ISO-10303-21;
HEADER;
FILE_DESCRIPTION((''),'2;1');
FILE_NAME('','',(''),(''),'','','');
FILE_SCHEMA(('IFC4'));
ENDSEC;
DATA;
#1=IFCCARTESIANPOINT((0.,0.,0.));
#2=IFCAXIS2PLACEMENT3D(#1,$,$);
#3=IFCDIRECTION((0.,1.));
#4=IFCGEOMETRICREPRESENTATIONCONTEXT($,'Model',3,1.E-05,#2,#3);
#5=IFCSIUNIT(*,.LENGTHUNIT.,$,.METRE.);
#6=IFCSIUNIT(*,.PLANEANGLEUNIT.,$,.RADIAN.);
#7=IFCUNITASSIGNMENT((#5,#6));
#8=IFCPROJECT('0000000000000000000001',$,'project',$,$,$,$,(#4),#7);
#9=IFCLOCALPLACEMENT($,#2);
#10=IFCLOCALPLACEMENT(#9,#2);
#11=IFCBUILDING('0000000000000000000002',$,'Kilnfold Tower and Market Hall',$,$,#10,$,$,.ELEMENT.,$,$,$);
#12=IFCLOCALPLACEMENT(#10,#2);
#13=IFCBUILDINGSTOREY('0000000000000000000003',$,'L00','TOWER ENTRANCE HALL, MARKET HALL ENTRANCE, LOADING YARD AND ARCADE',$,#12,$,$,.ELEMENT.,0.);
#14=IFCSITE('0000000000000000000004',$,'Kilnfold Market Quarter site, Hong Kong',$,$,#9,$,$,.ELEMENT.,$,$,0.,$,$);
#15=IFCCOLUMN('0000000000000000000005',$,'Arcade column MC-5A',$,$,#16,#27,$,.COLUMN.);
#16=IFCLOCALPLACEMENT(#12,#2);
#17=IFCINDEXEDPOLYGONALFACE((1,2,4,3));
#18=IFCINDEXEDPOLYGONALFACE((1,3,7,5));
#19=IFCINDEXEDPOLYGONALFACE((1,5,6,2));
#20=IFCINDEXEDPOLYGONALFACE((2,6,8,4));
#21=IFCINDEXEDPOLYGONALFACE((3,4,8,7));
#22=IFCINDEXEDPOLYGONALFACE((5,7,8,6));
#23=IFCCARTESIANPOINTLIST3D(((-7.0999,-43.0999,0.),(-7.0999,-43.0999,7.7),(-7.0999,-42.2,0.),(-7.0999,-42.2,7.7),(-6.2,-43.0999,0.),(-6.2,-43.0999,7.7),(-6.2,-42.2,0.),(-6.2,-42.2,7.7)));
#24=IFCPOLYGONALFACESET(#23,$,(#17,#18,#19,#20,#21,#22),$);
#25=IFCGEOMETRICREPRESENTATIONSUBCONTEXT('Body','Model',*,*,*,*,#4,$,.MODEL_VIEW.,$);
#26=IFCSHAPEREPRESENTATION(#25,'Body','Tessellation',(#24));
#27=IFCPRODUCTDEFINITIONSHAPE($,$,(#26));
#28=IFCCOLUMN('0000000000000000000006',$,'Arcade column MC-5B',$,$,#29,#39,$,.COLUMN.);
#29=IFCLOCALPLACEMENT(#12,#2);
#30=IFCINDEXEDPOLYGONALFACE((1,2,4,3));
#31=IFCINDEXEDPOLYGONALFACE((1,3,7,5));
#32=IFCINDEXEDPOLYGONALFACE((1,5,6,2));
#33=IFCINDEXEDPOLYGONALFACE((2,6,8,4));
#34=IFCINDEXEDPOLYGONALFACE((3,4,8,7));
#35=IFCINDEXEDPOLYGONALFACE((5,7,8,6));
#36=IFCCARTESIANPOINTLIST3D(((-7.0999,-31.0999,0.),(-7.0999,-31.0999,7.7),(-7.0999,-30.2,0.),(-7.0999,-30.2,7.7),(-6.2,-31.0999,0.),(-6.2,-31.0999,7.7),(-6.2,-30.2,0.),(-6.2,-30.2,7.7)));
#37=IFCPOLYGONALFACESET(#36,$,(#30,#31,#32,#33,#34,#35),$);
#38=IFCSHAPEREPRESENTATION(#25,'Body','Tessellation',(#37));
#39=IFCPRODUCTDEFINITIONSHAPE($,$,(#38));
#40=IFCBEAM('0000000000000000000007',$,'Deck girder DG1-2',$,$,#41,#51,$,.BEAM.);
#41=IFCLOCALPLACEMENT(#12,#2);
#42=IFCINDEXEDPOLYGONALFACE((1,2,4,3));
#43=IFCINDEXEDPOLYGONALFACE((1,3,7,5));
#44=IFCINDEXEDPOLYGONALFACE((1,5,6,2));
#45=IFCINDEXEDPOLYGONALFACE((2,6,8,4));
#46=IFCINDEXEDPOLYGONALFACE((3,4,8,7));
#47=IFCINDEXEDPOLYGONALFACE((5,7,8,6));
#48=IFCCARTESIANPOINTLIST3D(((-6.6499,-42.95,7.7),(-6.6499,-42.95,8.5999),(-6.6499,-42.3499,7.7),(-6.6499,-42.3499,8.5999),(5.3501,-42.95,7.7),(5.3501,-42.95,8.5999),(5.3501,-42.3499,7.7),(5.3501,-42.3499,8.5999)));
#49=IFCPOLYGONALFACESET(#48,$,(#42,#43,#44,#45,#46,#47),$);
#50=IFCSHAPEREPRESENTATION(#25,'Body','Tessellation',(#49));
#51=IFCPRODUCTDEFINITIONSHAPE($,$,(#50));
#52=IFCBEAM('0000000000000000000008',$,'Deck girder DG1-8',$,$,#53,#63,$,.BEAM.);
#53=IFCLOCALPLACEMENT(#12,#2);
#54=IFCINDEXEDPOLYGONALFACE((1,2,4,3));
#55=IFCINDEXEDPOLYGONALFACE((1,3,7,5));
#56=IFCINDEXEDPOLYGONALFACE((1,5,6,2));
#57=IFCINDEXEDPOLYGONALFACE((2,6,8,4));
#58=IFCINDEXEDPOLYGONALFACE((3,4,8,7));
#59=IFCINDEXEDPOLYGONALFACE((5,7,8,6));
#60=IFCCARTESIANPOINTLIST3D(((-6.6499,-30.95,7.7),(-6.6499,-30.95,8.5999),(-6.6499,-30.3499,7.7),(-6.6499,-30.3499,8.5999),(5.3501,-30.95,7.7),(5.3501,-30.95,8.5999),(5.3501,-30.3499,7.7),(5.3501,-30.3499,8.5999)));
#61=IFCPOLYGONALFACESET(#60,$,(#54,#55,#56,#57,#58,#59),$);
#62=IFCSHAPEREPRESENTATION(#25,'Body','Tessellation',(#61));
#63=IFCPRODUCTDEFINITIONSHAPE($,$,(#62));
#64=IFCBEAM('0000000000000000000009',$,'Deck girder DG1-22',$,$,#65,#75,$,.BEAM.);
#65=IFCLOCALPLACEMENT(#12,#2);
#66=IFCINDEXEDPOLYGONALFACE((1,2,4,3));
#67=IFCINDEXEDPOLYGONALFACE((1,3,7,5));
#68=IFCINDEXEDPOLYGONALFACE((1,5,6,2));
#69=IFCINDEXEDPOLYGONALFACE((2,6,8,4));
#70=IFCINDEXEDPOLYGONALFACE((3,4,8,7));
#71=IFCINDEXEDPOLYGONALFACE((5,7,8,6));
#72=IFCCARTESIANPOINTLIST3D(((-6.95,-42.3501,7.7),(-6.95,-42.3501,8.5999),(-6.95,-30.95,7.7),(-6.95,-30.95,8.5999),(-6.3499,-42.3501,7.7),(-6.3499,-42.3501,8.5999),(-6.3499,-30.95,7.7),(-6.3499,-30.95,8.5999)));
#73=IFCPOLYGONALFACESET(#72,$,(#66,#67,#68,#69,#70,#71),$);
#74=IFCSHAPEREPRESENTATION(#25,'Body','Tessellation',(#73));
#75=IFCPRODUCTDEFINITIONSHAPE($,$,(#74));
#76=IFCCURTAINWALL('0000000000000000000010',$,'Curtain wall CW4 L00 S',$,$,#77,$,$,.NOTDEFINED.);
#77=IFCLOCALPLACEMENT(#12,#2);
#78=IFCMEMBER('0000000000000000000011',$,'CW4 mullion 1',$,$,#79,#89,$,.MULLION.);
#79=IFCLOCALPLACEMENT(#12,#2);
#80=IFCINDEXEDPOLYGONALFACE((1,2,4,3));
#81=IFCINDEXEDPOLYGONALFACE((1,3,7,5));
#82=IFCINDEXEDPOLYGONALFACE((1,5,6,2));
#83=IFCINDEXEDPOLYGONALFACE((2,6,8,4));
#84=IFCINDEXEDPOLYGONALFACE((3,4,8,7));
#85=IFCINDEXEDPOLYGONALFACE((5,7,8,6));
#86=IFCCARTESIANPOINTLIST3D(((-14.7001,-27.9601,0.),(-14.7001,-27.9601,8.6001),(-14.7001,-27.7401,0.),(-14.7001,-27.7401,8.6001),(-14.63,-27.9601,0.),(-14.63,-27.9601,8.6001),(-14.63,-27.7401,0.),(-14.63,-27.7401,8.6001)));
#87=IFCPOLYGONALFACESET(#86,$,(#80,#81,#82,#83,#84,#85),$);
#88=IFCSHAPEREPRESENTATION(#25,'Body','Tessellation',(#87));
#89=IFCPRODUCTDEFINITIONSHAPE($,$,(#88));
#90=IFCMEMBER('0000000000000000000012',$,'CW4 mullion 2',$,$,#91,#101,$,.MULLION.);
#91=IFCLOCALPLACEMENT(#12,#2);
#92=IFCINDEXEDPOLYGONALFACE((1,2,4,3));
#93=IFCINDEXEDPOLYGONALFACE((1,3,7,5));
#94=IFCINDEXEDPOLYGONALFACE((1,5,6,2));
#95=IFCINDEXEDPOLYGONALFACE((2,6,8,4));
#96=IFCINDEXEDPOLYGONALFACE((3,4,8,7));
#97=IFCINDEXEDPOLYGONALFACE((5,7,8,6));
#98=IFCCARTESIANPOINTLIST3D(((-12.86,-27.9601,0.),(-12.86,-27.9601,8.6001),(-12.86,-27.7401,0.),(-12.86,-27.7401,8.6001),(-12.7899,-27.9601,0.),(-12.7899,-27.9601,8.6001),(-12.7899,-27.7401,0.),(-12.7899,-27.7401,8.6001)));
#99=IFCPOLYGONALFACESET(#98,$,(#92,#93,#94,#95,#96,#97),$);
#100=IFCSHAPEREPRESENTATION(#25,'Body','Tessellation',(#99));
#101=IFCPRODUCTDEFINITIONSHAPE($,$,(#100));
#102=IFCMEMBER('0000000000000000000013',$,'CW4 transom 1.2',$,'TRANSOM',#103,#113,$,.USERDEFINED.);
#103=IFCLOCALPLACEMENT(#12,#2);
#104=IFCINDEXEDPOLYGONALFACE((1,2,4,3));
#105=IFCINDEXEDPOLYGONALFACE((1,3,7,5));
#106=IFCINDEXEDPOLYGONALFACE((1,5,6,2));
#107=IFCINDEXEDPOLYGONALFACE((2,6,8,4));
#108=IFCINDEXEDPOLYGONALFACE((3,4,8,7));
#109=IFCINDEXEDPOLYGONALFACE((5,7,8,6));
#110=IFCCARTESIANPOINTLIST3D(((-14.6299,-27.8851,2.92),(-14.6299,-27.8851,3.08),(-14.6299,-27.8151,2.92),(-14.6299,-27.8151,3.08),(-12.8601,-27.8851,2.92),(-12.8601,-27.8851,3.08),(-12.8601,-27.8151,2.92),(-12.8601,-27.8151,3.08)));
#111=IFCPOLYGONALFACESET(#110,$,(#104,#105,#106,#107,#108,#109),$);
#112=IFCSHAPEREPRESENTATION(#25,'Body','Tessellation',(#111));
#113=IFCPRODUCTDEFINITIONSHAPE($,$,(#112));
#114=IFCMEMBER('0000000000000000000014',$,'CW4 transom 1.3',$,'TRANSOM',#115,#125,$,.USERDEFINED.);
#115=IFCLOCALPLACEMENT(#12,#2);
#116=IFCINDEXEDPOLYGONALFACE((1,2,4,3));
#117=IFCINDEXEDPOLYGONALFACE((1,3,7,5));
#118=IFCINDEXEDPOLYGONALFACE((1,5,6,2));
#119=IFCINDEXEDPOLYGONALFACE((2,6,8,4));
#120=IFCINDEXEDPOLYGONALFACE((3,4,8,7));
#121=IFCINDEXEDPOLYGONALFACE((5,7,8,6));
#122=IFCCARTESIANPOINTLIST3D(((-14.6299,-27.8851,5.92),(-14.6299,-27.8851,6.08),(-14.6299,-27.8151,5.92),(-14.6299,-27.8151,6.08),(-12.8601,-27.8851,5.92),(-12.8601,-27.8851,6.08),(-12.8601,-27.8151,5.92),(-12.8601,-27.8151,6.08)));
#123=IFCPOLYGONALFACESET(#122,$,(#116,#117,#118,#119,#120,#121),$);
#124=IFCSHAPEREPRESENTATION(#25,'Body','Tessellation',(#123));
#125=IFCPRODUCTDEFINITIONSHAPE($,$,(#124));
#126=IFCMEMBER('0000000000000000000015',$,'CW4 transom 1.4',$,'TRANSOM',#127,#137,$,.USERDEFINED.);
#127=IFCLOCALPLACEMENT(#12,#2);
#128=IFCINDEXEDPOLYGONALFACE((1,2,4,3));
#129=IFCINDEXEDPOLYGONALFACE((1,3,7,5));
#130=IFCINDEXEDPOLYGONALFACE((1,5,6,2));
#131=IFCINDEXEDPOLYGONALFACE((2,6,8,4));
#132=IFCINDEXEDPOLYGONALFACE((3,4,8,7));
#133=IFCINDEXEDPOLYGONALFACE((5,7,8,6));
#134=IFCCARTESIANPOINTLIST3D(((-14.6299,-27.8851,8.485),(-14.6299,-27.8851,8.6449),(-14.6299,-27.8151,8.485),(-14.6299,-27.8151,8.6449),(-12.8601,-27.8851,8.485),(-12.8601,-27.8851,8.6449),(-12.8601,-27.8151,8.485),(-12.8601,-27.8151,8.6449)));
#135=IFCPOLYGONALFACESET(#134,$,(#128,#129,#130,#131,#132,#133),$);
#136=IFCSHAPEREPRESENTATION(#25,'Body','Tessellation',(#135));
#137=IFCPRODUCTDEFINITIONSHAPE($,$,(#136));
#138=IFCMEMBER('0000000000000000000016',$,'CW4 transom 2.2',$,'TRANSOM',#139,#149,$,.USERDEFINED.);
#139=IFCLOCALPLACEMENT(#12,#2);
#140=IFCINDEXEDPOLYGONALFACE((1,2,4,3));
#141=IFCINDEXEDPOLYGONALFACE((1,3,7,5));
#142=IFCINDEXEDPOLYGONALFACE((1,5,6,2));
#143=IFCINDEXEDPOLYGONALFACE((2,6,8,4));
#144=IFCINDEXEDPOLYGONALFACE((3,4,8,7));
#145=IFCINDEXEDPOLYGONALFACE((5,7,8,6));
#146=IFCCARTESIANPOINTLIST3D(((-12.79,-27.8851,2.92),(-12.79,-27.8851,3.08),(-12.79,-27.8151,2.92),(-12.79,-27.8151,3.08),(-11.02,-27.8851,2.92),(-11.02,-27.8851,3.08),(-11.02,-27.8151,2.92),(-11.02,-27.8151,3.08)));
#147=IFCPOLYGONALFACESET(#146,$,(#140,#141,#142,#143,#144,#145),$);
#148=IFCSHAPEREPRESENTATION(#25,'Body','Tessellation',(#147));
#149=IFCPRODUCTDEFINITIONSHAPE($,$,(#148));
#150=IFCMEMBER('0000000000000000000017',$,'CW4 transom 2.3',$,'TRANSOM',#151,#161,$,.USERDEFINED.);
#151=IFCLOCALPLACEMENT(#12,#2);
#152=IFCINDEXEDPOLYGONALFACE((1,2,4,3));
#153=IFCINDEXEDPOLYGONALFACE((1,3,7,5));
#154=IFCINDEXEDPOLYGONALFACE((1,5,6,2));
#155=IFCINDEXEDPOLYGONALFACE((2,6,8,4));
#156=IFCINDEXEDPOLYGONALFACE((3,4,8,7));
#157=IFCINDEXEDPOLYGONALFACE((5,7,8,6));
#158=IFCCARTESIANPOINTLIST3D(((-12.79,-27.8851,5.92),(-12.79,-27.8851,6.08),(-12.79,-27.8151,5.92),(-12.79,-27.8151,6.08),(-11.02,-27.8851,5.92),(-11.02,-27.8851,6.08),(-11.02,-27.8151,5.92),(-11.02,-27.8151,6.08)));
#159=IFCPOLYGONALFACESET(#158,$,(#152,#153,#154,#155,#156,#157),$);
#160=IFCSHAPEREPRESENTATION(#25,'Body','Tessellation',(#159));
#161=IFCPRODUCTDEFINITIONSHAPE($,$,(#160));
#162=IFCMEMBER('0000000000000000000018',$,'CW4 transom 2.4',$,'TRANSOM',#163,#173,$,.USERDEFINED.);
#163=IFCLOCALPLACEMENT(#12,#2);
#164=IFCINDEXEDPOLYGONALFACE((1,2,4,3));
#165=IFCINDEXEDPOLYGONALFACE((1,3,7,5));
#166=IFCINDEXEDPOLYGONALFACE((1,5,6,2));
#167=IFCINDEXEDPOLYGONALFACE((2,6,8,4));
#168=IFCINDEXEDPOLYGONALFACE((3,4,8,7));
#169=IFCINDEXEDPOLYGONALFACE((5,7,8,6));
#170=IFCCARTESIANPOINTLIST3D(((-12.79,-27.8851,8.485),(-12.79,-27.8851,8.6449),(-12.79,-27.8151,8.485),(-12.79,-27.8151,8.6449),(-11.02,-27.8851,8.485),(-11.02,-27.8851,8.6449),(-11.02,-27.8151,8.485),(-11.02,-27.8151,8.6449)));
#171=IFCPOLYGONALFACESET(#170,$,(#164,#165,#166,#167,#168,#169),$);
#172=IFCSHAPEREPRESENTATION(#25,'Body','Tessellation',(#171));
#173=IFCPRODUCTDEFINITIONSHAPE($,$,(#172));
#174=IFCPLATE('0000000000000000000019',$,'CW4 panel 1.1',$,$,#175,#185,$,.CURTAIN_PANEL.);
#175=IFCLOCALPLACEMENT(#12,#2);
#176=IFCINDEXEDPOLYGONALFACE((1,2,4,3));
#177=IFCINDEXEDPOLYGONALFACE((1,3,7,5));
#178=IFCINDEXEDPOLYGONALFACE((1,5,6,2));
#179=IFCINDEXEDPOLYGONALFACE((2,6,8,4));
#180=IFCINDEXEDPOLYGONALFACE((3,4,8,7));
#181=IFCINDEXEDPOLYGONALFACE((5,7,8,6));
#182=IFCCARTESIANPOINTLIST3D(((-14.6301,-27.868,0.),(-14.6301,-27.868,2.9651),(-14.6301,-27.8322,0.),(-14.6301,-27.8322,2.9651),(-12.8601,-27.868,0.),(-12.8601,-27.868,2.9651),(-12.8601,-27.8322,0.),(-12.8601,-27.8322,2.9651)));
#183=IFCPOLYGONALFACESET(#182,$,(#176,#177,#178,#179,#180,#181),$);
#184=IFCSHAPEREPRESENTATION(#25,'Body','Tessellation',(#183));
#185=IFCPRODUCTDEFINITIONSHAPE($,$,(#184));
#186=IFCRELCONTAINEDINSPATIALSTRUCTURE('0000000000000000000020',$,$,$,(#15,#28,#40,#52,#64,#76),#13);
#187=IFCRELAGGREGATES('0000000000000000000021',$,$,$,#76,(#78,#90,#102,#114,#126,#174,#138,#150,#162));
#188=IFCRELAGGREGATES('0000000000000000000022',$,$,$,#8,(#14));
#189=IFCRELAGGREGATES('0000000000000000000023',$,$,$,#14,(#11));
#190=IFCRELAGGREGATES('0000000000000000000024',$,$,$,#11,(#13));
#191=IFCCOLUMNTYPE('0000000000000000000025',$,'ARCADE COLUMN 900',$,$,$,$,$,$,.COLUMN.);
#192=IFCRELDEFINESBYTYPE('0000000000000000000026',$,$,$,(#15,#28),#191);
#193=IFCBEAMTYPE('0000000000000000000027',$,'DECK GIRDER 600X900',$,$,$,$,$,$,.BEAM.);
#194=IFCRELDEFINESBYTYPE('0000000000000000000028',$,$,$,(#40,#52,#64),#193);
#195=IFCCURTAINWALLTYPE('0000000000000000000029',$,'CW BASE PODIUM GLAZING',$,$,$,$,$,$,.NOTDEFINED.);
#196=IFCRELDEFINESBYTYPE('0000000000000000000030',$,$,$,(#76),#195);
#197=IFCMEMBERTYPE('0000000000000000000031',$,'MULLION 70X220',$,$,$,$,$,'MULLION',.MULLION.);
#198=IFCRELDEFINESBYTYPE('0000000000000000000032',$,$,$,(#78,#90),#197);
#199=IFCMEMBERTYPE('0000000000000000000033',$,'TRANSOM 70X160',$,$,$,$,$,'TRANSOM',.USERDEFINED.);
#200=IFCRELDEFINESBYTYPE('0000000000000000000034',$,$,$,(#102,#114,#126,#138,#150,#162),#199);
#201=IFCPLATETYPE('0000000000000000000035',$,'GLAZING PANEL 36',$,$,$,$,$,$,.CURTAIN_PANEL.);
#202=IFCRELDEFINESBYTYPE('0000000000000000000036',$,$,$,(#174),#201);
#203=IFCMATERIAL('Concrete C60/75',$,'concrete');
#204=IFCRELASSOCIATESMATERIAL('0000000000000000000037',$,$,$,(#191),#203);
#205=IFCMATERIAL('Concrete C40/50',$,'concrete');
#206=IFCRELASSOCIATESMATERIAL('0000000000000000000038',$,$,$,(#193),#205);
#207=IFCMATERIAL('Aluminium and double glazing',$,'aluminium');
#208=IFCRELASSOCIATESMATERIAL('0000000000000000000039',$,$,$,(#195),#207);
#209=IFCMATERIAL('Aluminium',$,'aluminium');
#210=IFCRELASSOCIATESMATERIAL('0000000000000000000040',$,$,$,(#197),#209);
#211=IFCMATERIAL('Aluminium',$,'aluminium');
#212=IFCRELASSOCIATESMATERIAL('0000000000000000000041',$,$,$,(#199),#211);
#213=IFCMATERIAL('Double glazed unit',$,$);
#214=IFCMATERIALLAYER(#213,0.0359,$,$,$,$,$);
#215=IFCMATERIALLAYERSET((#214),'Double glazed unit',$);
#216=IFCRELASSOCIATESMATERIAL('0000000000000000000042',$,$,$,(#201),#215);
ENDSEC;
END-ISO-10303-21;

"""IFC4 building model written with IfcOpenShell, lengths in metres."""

from ifc_helpers import new_model, si_unit, direction, frame, origin, origin_2d, place, context, subcontext, project, spatial, rectangle, extrude, source, transform, mapped, material, layer, layer_set, material_profile, profile_set, type_object, element, aggregate, save


model = new_model("IFC4")

# Units and contexts
model_context = context("Model", 3, precision=1e-05, world=origin(), true_north=direction((0.0, 1.0)))
body_context = subcontext(model_context, "Body", "Model", "MODEL_VIEW")
ifc_project = project(units=[si_unit("LENGTHUNIT", "METRE"), si_unit("PLANEANGLEUNIT", "RADIAN")], contexts=[model_context])

# Site, building, storey
site_placement = place(None, origin())
site = spatial("IfcSite", under=ifc_project, at=site_placement, Name="Kilnfold Market Quarter site, Hong Kong", CompositionType="ELEMENT", RefElevation=0.0)
building_placement = place(site_placement, origin())
building = spatial("IfcBuilding", under=site, at=building_placement, Name="Kilnfold Tower and Market Hall", CompositionType="ELEMENT")
storey_placement = place(building_placement, origin())
storey = spatial("IfcBuildingStorey", under=building, at=storey_placement, Name="L00", Description="TOWER ENTRANCE HALL, MARKET HALL ENTRANCE, LOADING YARD AND ARCADE", CompositionType="ELEMENT", Elevation=0.0)

# Columns
ifc_material_1 = material(Name="Concrete C60/75", Category="concrete")
ifc_material_profile_1 = material_profile(ifc_material_1, rectangle(XDim=0.8999, YDim=0.8999, at=origin_2d()), Name="RC 900x900")
ifc_profile_set_1 = profile_set([ifc_material_profile_1], Name="Concrete C60/75")
column_type = type_object("IfcColumnType", Name="ARCADE COLUMN 900", PredefinedType="COLUMN", material=ifc_profile_set_1)
shared_shape_1 = source(origin(), body_context, "Body", "SweptSolid", [
    extrude(rectangle(XDim=0.8999, YDim=0.8999, at=origin_2d()), origin(), (0.0, 0.0, 1.0), 7.7),
])
for number, where, z_axis, x_axis, name in (
    (1, (-6.6499, -42.6499, 0.0), (0.0, 0.0, 1.0), (1.0, 0.0, 0.0), "Arcade column MC-5A"),
    (2, (-6.6499, -30.6499, 0.0), (0.0, 0.0, 1.0), (1.0, 0.0, 0.0), "Arcade column MC-5B"),
):
    element("IfcColumn", number, at=place(storey_placement, frame(where, z_axis=z_axis, x_axis=x_axis)), inside=storey, type_object=column_type, Name=name, PredefinedType="COLUMN", context=body_context, shape_type="MappedRepresentation", body=[
        mapped(shared_shape_1, transform((0.0, 0.0, 0.0))),
    ])

# Beams
ifc_material_2 = material(Name="Concrete C40/50", Category="concrete")
ifc_material_profile_2 = material_profile(ifc_material_2, rectangle(XDim=0.6001, YDim=0.8999, at=origin_2d()), Name="RC 600x900")
ifc_profile_set_2 = profile_set([ifc_material_profile_2], Name="Concrete C40/50")
beam_type = type_object("IfcBeamType", Name="DECK GIRDER 600X900", PredefinedType="BEAM", material=ifc_profile_set_2)
shared_shape_2 = source(origin(), body_context, "Body", "SweptSolid", [
    extrude(rectangle(XDim=0.6001, YDim=0.8999, at=origin_2d()), origin(), (0.0, 0.0, 1.0), 12.0),
])
for number, where, z_axis, x_axis, name in (
    (3, (-6.6499, -42.6499, 8.1499), (1.0, 0.0, 0.0), (0.0, 1.0, 0.0), "Deck girder DG1-2"),
    (4, (-6.6499, -30.6499, 8.1499), (1.0, 0.0, 0.0), (0.0, 1.0, 0.0), "Deck girder DG1-8"),
):
    element("IfcBeam", number, at=place(storey_placement, frame(where, z_axis=z_axis, x_axis=x_axis)), inside=storey, type_object=beam_type, Name=name, PredefinedType="BEAM", context=body_context, shape_type="MappedRepresentation", body=[
        mapped(shared_shape_2, transform((0.0, 0.0, 0.0))),
    ])
shared_shape_3 = source(origin(), body_context, "Body", "SweptSolid", [
    extrude(rectangle(XDim=0.6001, YDim=0.8999, at=origin_2d()), origin(), (0.0, 0.0, 1.0), 11.4001),
])
beam_placement = place(storey_placement, frame((-6.6499, -42.3501, 8.1499), z_axis=(0.0, 1.0, 0.0), x_axis=(-1.0, 0.0, 0.0)))
element("IfcBeam", 5, at=beam_placement, inside=storey, type_object=beam_type, Name="Deck girder DG1-22", PredefinedType="BEAM", context=body_context, shape_type="MappedRepresentation", body=[
    mapped(shared_shape_3, transform((0.0, 0.0, 0.0))),
])

# Curtain wall, members, plate
ifc_material_3 = material(Name="Aluminium and double glazing", Category="aluminium")
curtain_wall_type = type_object("IfcCurtainWallType", Name="CW BASE PODIUM GLAZING", PredefinedType="NOTDEFINED", material=ifc_material_3)
curtain_wall_placement = place(storey_placement, origin())
curtain_wall = element("IfcCurtainWall", 6, at=curtain_wall_placement, inside=storey, type_object=curtain_wall_type, Name="Curtain wall CW4 L00 S", PredefinedType="NOTDEFINED")
ifc_material_4 = material(Name="Aluminium", Category="aluminium")
ifc_material_profile_3 = material_profile(ifc_material_4, rectangle(XDim=0.0701, YDim=0.22, at=origin_2d()), Name="MULLION 70x220")
ifc_profile_set_3 = profile_set([ifc_material_profile_3], Name="Aluminium")
member_type_1 = type_object("IfcMemberType", Name="MULLION 70X220", ElementType="MULLION", PredefinedType="MULLION", material=ifc_profile_set_3)
shared_shape_4 = source(origin(), body_context, "Body", "SweptSolid", [
    extrude(rectangle(XDim=0.0701, YDim=0.22, at=origin_2d()), origin(), (0.0, 0.0, 1.0), 8.6001),
])
member_1_placement = place(storey_placement, frame((-14.665, -27.8501, 0.0), z_axis=(0.0, 0.0, 1.0), x_axis=(1.0, 0.0, 0.0)))
member_1 = element("IfcMember", 7, at=member_1_placement, type_object=member_type_1, Name="CW4 mullion 1", PredefinedType="MULLION", context=body_context, shape_type="MappedRepresentation", body=[
    mapped(shared_shape_4, transform((0.0, 0.0, 0.0))),
])
member_2_placement = place(storey_placement, frame((-12.825, -27.8501, 0.0), z_axis=(0.0, 0.0, 1.0), x_axis=(1.0, 0.0, 0.0)))
member_2 = element("IfcMember", 8, at=member_2_placement, type_object=member_type_1, Name="CW4 mullion 2", PredefinedType="MULLION", context=body_context, shape_type="MappedRepresentation", body=[
    mapped(shared_shape_4, transform((0.0, 0.0, 0.0))),
])
ifc_material_5 = material(Name="Aluminium", Category="aluminium")
ifc_material_profile_4 = material_profile(ifc_material_5, rectangle(XDim=0.0701, YDim=0.1599, at=origin_2d()), Name="TRANSOM 70x160")
ifc_profile_set_4 = profile_set([ifc_material_profile_4], Name="Aluminium")
member_type_2 = type_object("IfcMemberType", Name="TRANSOM 70X160", ElementType="TRANSOM", PredefinedType="USERDEFINED", material=ifc_profile_set_4)
shared_shape_5 = source(origin(), body_context, "Body", "SweptSolid", [
    extrude(rectangle(XDim=0.0701, YDim=0.1599, at=origin_2d()), origin(), (0.0, 0.0, 1.0), 1.7698),
])
member_3_placement = place(storey_placement, frame((-14.6299, -27.8501, 3.0), z_axis=(1.0, 0.0, 0.0), x_axis=(0.0, 1.0, 0.0)))
member_3 = element("IfcMember", 9, at=member_3_placement, type_object=member_type_2, Name="CW4 transom 1.2", ObjectType="TRANSOM", PredefinedType="USERDEFINED", context=body_context, shape_type="MappedRepresentation", body=[
    mapped(shared_shape_5, transform((0.0, 0.0, 0.0))),
])
member_4_placement = place(storey_placement, frame((-14.6299, -27.8501, 6.0), z_axis=(1.0, 0.0, 0.0), x_axis=(0.0, 1.0, 0.0)))
member_4 = element("IfcMember", 10, at=member_4_placement, type_object=member_type_2, Name="CW4 transom 1.3", ObjectType="TRANSOM", PredefinedType="USERDEFINED", context=body_context, shape_type="MappedRepresentation", body=[
    mapped(shared_shape_5, transform((0.0, 0.0, 0.0))),
])
member_5_placement = place(storey_placement, frame((-14.6299, -27.8501, 8.5649), z_axis=(1.0, 0.0, 0.0), x_axis=(0.0, 1.0, 0.0)))
member_5 = element("IfcMember", 11, at=member_5_placement, type_object=member_type_2, Name="CW4 transom 1.4", ObjectType="TRANSOM", PredefinedType="USERDEFINED", context=body_context, shape_type="MappedRepresentation", body=[
    mapped(shared_shape_5, transform((0.0, 0.0, 0.0))),
])
shared_shape_6 = source(origin(), body_context, "Body", "SweptSolid", [
    extrude(rectangle(XDim=0.0701, YDim=0.1599, at=origin_2d()), origin(), (0.0, 0.0, 1.0), 1.77),
])
member_6_placement = place(storey_placement, frame((-12.79, -27.8501, 3.0), z_axis=(1.0, 0.0, 0.0), x_axis=(0.0, 1.0, 0.0)))
member_6 = element("IfcMember", 12, at=member_6_placement, type_object=member_type_2, Name="CW4 transom 2.2", ObjectType="TRANSOM", PredefinedType="USERDEFINED", context=body_context, shape_type="MappedRepresentation", body=[
    mapped(shared_shape_6, transform((0.0, 0.0, 0.0))),
])
member_7_placement = place(storey_placement, frame((-12.79, -27.8501, 6.0), z_axis=(1.0, 0.0, 0.0), x_axis=(0.0, 1.0, 0.0)))
member_7 = element("IfcMember", 13, at=member_7_placement, type_object=member_type_2, Name="CW4 transom 2.3", ObjectType="TRANSOM", PredefinedType="USERDEFINED", context=body_context, shape_type="MappedRepresentation", body=[
    mapped(shared_shape_6, transform((0.0, 0.0, 0.0))),
])
member_8_placement = place(storey_placement, frame((-12.79, -27.8501, 8.5649), z_axis=(1.0, 0.0, 0.0), x_axis=(0.0, 1.0, 0.0)))
member_8 = element("IfcMember", 14, at=member_8_placement, type_object=member_type_2, Name="CW4 transom 2.4", ObjectType="TRANSOM", PredefinedType="USERDEFINED", context=body_context, shape_type="MappedRepresentation", body=[
    mapped(shared_shape_6, transform((0.0, 0.0, 0.0))),
])
ifc_material_6 = material(Name="Double glazed unit")
ifc_layer_1 = layer(ifc_material_6, 0.0359)
ifc_layer_set_1 = layer_set([ifc_layer_1], Name="Double glazed unit")
plate_type = type_object("IfcPlateType", Name="GLAZING PANEL 36", PredefinedType="CURTAIN_PANEL", material=ifc_layer_set_1)
shared_shape_7 = source(origin(), body_context, "Body", "SweptSolid", [
    extrude(rectangle(XDim=1.77, YDim=0.0359, at=origin_2d()), origin(), (0.0, 0.0, 1.0), 2.9651),
])
plate_1_placement = place(storey_placement, frame((-13.7451, -27.8501, 0.0), z_axis=(0.0, 0.0, 1.0), x_axis=(1.0, 0.0, 0.0)))
plate_1 = element("IfcPlate", 15, at=plate_1_placement, type_object=plate_type, Name="CW4 panel 1.1", PredefinedType="CURTAIN_PANEL", context=body_context, shape_type="MappedRepresentation", body=[
    mapped(shared_shape_7, transform((0.0, 0.0, 0.0))),
])
aggregate(curtain_wall, [member_1, member_2, member_3, member_4, member_5, plate_1, member_6, member_7, member_8])

save(model, "model.ifc")
